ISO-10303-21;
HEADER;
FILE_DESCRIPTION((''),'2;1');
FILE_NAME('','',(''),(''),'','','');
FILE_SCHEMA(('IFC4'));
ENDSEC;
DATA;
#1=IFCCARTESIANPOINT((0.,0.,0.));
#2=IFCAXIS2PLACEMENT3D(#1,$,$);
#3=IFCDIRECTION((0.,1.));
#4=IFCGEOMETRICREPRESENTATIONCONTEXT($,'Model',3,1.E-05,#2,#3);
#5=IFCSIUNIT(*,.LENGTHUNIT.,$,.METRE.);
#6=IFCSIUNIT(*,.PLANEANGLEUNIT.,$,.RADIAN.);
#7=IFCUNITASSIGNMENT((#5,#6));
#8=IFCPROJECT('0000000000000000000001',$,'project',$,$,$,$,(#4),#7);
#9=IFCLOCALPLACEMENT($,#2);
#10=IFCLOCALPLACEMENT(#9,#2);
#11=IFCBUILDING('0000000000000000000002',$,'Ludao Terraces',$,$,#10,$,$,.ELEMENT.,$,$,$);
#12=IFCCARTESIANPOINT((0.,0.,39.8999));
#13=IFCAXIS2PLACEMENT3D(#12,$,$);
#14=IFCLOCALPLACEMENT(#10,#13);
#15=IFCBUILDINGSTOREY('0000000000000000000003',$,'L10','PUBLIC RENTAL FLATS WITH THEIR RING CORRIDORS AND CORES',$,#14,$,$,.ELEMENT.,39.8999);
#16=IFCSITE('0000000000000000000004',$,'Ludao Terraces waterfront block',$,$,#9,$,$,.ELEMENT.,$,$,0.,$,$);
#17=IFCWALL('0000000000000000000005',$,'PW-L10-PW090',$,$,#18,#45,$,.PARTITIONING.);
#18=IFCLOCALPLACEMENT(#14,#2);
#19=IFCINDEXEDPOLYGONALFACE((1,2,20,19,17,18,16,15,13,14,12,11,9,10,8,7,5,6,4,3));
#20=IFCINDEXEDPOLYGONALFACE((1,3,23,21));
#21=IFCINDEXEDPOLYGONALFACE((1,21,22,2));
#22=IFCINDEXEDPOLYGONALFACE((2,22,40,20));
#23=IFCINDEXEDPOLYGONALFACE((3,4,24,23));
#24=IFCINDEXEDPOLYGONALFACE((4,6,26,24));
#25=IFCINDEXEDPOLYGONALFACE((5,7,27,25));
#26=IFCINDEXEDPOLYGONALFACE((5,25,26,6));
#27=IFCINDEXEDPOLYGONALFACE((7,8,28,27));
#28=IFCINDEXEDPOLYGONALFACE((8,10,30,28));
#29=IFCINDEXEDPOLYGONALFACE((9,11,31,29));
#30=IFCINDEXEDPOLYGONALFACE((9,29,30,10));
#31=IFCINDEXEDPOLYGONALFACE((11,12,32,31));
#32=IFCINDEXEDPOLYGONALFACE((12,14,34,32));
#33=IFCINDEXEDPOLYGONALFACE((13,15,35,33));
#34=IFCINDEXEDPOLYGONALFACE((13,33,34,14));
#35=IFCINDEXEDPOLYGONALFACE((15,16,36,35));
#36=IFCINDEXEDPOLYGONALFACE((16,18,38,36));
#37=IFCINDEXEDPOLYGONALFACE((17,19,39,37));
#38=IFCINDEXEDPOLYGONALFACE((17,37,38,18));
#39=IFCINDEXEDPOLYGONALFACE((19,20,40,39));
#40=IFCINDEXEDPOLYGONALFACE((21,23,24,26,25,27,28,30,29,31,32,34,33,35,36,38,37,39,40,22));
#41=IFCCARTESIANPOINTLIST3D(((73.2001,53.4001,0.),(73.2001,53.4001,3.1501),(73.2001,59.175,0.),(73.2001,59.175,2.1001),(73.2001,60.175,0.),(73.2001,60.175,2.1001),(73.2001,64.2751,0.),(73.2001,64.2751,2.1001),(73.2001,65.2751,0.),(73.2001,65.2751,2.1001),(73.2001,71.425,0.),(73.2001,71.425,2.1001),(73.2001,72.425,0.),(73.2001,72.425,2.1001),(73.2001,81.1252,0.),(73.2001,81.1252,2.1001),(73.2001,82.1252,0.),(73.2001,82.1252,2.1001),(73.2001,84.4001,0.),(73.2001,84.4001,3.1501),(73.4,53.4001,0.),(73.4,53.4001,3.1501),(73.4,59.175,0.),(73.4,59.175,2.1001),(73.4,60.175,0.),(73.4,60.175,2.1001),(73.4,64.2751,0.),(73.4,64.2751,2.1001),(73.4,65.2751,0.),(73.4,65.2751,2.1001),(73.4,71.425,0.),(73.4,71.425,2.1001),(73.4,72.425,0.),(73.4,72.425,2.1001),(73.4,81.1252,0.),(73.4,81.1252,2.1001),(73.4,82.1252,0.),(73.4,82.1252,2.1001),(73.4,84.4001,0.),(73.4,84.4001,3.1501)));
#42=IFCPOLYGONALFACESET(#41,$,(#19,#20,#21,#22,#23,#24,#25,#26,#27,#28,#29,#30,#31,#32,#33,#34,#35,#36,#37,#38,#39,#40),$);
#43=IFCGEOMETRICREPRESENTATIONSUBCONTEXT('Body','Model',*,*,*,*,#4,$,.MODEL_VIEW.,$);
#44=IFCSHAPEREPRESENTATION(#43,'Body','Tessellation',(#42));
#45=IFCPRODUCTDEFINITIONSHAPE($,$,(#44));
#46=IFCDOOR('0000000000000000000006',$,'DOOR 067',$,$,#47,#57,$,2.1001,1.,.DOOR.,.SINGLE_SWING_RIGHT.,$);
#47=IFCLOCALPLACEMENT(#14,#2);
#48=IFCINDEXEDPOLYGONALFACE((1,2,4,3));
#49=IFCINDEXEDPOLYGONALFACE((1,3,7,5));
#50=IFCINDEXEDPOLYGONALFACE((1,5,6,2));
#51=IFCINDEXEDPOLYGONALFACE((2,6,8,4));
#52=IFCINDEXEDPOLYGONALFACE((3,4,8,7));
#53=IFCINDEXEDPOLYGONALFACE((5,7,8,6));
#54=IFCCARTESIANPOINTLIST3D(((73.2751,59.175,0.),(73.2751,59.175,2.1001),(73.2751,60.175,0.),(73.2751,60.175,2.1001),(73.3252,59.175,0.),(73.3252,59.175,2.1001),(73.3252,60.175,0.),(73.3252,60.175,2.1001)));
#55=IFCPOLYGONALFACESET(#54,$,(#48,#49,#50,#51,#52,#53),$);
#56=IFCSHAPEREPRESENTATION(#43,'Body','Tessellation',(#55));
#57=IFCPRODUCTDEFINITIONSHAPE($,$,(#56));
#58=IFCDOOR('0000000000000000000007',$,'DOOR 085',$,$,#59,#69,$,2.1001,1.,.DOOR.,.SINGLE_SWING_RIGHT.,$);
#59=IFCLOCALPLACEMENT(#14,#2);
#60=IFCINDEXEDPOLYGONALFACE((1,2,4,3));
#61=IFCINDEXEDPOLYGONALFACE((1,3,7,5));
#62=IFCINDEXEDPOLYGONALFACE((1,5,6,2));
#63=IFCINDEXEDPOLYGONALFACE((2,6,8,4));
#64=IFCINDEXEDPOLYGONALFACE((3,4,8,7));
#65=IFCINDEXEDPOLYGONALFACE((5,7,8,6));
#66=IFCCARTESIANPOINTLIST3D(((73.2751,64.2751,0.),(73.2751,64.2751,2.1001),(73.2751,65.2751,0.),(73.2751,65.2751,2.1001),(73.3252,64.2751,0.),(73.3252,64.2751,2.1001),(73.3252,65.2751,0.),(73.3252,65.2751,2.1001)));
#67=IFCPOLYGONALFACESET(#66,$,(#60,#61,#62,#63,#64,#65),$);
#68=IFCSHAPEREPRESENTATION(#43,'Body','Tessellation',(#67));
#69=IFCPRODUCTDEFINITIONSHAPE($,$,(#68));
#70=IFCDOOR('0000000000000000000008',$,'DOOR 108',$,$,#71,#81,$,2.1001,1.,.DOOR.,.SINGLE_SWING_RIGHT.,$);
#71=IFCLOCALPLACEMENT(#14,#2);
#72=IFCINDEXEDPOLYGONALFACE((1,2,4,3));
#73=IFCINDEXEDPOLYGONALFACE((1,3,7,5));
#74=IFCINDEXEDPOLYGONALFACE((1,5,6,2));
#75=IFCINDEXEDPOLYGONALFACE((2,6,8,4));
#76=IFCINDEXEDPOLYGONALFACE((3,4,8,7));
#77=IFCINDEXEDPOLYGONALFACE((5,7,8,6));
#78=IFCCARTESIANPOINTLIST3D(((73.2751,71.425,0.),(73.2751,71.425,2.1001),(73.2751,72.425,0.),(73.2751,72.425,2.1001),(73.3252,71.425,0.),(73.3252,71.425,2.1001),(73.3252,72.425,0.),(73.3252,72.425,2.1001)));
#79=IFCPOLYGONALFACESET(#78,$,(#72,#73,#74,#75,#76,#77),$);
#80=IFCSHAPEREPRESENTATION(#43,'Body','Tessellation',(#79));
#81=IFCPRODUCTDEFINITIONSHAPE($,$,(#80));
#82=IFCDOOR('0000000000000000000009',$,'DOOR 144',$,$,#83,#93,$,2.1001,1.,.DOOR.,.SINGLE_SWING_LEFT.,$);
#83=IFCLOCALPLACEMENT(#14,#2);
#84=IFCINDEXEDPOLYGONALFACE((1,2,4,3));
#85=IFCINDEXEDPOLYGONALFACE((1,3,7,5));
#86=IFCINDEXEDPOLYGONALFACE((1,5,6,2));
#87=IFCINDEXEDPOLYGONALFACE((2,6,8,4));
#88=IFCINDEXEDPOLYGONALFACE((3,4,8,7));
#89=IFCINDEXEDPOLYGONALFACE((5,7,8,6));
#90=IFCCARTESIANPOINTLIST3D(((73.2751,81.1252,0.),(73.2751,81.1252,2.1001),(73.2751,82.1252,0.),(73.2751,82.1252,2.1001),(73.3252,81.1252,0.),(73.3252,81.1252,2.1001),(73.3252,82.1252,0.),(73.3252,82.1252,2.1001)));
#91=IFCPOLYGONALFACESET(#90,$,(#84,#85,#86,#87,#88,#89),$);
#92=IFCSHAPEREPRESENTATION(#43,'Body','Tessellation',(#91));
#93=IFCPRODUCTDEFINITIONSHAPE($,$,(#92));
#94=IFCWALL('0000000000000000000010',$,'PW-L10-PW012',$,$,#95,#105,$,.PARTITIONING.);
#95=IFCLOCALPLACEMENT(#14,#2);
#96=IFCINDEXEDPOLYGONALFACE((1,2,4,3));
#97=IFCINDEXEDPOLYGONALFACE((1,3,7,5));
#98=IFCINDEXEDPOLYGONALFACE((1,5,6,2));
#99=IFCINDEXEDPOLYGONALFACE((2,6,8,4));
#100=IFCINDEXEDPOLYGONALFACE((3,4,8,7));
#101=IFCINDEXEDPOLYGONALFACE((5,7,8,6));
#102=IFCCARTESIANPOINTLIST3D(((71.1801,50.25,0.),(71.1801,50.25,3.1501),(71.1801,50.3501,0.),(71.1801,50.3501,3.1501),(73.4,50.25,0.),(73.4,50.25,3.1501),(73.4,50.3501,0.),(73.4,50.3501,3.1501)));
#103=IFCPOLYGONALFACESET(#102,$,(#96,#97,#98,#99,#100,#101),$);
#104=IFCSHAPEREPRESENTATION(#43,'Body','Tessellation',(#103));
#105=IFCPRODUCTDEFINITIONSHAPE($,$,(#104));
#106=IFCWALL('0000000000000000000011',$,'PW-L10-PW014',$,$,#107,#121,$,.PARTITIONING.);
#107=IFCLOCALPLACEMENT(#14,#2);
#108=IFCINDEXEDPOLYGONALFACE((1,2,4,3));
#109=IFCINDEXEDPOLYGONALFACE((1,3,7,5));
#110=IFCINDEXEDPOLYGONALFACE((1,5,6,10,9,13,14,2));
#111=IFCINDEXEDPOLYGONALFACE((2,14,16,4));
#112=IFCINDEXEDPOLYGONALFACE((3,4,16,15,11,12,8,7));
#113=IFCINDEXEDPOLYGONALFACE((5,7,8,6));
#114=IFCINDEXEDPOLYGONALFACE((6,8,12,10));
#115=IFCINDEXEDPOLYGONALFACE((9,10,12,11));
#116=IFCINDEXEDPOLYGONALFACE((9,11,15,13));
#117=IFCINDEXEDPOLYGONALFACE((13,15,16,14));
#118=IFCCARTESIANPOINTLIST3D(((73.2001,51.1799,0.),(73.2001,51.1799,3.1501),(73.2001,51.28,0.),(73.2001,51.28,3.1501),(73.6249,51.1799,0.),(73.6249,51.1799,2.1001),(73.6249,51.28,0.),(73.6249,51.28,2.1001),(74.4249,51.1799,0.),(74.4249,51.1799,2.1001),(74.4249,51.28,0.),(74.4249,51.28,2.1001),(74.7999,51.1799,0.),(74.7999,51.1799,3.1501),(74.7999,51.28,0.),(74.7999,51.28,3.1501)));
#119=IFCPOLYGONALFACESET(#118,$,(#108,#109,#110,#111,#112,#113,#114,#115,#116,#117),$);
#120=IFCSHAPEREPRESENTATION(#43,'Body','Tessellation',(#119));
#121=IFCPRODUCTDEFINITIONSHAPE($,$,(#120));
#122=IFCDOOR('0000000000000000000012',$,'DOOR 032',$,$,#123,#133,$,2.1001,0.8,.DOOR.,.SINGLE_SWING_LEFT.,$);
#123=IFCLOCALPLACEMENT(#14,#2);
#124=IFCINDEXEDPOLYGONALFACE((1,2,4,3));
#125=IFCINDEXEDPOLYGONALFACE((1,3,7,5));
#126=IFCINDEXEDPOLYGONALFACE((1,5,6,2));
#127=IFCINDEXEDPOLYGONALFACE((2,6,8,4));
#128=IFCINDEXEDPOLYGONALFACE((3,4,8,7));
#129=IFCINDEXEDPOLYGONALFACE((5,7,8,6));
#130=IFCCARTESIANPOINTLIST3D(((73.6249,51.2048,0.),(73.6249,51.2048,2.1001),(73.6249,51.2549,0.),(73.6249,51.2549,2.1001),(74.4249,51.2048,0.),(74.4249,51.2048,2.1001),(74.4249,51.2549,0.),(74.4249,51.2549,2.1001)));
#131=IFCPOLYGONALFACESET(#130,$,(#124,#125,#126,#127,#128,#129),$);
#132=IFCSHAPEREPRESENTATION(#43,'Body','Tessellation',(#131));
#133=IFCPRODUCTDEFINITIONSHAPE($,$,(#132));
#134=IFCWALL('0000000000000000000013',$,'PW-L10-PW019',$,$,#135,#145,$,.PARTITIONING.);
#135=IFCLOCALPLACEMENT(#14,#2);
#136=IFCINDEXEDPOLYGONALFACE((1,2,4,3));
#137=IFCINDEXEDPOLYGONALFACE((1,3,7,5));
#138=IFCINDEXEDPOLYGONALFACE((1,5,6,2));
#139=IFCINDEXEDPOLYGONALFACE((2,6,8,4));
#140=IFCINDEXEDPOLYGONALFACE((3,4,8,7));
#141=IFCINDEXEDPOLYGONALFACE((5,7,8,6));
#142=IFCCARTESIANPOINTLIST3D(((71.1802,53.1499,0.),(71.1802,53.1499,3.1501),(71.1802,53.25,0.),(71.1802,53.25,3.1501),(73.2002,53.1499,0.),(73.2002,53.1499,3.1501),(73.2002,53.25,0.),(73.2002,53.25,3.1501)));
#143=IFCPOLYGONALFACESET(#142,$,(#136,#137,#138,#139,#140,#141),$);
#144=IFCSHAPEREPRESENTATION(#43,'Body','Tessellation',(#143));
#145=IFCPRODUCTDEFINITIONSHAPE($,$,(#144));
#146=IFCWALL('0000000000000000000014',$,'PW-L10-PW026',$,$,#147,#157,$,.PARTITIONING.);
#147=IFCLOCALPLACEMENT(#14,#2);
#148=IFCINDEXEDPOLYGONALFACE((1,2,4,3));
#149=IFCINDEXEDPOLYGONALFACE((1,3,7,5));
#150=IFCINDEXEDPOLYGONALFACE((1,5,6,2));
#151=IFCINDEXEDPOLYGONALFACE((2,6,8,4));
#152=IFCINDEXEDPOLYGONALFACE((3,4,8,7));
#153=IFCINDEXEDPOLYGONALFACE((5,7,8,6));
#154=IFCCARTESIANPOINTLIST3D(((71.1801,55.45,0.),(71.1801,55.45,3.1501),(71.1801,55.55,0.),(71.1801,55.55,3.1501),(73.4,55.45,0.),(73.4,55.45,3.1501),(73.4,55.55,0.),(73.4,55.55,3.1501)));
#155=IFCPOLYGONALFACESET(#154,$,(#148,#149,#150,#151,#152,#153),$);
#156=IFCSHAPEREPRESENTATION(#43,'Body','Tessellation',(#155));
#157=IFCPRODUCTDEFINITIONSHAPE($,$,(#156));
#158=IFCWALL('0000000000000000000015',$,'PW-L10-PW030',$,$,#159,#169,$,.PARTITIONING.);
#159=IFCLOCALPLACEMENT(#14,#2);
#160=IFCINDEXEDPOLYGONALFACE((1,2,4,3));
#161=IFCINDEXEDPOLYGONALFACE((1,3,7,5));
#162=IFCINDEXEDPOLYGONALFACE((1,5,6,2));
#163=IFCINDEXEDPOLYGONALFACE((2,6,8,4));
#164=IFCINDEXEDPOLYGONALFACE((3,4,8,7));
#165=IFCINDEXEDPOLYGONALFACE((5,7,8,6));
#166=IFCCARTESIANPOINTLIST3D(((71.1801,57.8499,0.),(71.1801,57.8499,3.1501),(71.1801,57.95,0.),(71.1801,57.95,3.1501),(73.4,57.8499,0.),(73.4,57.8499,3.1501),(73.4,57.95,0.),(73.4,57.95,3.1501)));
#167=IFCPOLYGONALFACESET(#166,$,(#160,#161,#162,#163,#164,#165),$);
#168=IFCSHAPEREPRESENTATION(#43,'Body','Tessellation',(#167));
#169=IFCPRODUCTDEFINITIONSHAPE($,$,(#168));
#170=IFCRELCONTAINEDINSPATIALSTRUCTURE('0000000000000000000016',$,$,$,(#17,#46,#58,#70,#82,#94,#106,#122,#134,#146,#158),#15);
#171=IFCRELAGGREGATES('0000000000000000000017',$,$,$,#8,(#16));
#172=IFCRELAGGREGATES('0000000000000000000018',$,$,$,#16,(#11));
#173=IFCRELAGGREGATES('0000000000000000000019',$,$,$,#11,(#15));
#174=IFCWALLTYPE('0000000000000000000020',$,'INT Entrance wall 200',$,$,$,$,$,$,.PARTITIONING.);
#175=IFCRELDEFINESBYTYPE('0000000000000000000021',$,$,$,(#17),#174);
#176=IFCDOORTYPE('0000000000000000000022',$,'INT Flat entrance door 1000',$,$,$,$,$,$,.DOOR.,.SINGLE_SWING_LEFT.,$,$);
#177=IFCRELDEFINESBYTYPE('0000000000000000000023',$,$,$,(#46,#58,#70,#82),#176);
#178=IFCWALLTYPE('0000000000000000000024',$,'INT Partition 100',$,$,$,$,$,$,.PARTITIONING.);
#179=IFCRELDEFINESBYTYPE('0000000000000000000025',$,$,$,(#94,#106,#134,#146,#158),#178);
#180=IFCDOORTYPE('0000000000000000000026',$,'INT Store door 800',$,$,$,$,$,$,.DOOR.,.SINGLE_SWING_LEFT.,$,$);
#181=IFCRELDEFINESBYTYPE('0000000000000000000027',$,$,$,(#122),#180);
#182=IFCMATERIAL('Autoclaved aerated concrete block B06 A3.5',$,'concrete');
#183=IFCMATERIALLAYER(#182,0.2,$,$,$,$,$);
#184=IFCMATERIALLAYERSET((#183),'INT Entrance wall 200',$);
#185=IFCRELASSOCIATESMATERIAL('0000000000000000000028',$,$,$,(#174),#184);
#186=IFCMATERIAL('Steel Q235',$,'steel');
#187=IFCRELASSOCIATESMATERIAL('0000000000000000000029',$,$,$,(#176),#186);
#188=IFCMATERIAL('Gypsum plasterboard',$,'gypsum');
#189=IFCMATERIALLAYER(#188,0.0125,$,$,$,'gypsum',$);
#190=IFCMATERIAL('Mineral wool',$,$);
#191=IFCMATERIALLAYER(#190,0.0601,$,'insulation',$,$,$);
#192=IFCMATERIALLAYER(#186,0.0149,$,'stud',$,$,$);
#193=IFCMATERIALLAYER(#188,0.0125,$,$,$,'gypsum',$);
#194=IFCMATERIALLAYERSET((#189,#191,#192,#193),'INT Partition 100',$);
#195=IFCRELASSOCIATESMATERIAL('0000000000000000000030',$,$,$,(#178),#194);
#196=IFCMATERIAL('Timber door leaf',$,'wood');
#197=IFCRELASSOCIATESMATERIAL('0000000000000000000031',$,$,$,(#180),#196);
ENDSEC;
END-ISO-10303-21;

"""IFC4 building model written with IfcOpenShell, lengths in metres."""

from ifc_helpers import new_model, si_unit, direction, frame, frame_2d, origin, place, context, subcontext, project, spatial, rectangle, extrude, material, layer, layer_set, type_object, element, fill, save


model = new_model("IFC4")

# Units and contexts
model_context = context("Model", 3, precision=1e-05, world=origin(), true_north=direction((0.0, 1.0)))
body_context = subcontext(model_context, "Body", "Model", "MODEL_VIEW")
ifc_project = project(units=[si_unit("LENGTHUNIT", "METRE"), si_unit("PLANEANGLEUNIT", "RADIAN")], contexts=[model_context])

# Site, building, storey
site_placement = place(None, origin())
site = spatial("IfcSite", under=ifc_project, at=site_placement, Name="Ludao Terraces waterfront block", CompositionType="ELEMENT", RefElevation=0.0)
building_placement = place(site_placement, origin())
building = spatial("IfcBuilding", under=site, at=building_placement, Name="Ludao Terraces", CompositionType="ELEMENT")
storey_placement = place(building_placement, frame((0.0, 0.0, 39.8999)))
storey = spatial("IfcBuildingStorey", under=building, at=storey_placement, Name="L10", Description="PUBLIC RENTAL FLATS WITH THEIR RING CORRIDORS AND CORES", CompositionType="ELEMENT", Elevation=39.8999)

# Wall, openings, doors
ifc_material_1 = material(Name="Autoclaved aerated concrete block B06 A3.5", Category="concrete")
ifc_layer_1 = layer(ifc_material_1, 0.2)
ifc_layer_set_1 = layer_set([ifc_layer_1], Name="INT Entrance wall 200")
wall_type_1 = type_object("IfcWallType", Name="INT Entrance wall 200", PredefinedType="PARTITIONING", material=ifc_layer_set_1)
ifc_material_2 = material(Name="Steel Q235", Category="steel")
door_type_1 = type_object("IfcDoorType", Name="INT Flat entrance door 1000", OperationType="SINGLE_SWING_LEFT", PredefinedType="DOOR", material=ifc_material_2)
wall_1_placement = place(storey_placement, frame((73.3, 53.4001, 0.0), z_axis=(0.0, 0.0, 1.0), x_axis=(0.0, 1.0, 0.0)))
wall_1 = element("IfcWall", 1, at=wall_1_placement, inside=storey, type_object=wall_type_1, Name="PW-L10-PW090", PredefinedType="PARTITIONING", context=body_context, shape_type="SweptSolid", body=[
    extrude(rectangle(XDim=31.0, YDim=0.2, at=frame_2d((15.5, 0.0))), origin(), (0.0, 0.0, 1.0), 3.1501),
])
opening_1_placement = place(wall_1_placement, frame((5.7749, 0.0, 0.0)))
opening_1 = element("IfcOpeningElement", 2, at=opening_1_placement, cuts=wall_1, PredefinedType="OPENING", context=body_context, shape_type="SweptSolid", body=[
    extrude(rectangle(XDim=1.0, YDim=2.1001, at=frame_2d((0.5, 1.05))), frame((0.0, 0.1099, 0.0), z_axis=(0.0, -1.0, 0.0), x_axis=(1.0, 0.0, 0.0)), (0.0, 0.0, 1.0), 0.22),
])
opening_2_placement = place(wall_1_placement, frame((10.875, 0.0, 0.0)))
opening_2 = element("IfcOpeningElement", 3, at=opening_2_placement, cuts=wall_1, PredefinedType="OPENING", context=body_context, shape_type="SweptSolid", body=[
    extrude(rectangle(XDim=1.0, YDim=2.1001, at=frame_2d((0.5, 1.05))), frame((0.0, 0.1099, 0.0), z_axis=(0.0, -1.0, 0.0), x_axis=(1.0, 0.0, 0.0)), (0.0, 0.0, 1.0), 0.22),
])
opening_3_placement = place(wall_1_placement, frame((18.0249, 0.0, 0.0)))
opening_3 = element("IfcOpeningElement", 4, at=opening_3_placement, cuts=wall_1, PredefinedType="OPENING", context=body_context, shape_type="SweptSolid", body=[
    extrude(rectangle(XDim=1.0, YDim=2.1001, at=frame_2d((0.5, 1.05))), frame((0.0, 0.1099, 0.0), z_axis=(0.0, -1.0, 0.0), x_axis=(1.0, 0.0, 0.0)), (0.0, 0.0, 1.0), 0.22),
])
opening_4_placement = place(wall_1_placement, frame((27.7251, 0.0, 0.0)))
opening_4 = element("IfcOpeningElement", 5, at=opening_4_placement, cuts=wall_1, PredefinedType="OPENING", context=body_context, shape_type="SweptSolid", body=[
    extrude(rectangle(XDim=1.0, YDim=2.1001, at=frame_2d((0.5, 1.05))), frame((0.0, 0.1099, 0.0), z_axis=(0.0, -1.0, 0.0), x_axis=(1.0, 0.0, 0.0)), (0.0, 0.0, 1.0), 0.22),
])
door_1_placement = place(opening_1_placement, origin())
door_1 = element("IfcDoor", 6, at=door_1_placement, inside=storey, type_object=door_type_1, Name="DOOR 067", OperationType="SINGLE_SWING_RIGHT", OverallHeight=2.1001, OverallWidth=1.0, PredefinedType="DOOR", context=body_context, shape_type="SweptSolid", body=[
    extrude(rectangle(XDim=1.0, YDim=2.1001, at=frame_2d((0.5, 1.05))), frame((0.0, 0.0249, 0.0), z_axis=(0.0, -1.0, 0.0), x_axis=(1.0, 0.0, 0.0)), (0.0, 0.0, 1.0), 0.05),
])
fill(opening_1, door_1)
door_2_placement = place(opening_2_placement, origin())
door_2 = element("IfcDoor", 7, at=door_2_placement, inside=storey, type_object=door_type_1, Name="DOOR 085", OperationType="SINGLE_SWING_RIGHT", OverallHeight=2.1001, OverallWidth=1.0, PredefinedType="DOOR", context=body_context, shape_type="SweptSolid", body=[
    extrude(rectangle(XDim=1.0, YDim=2.1001, at=frame_2d((0.5, 1.05))), frame((0.0, 0.0249, 0.0), z_axis=(0.0, -1.0, 0.0), x_axis=(1.0, 0.0, 0.0)), (0.0, 0.0, 1.0), 0.05),
])
fill(opening_2, door_2)
door_3_placement = place(opening_3_placement, origin())
door_3 = element("IfcDoor", 8, at=door_3_placement, inside=storey, type_object=door_type_1, Name="DOOR 108", OperationType="SINGLE_SWING_RIGHT", OverallHeight=2.1001, OverallWidth=1.0, PredefinedType="DOOR", context=body_context, shape_type="SweptSolid", body=[
    extrude(rectangle(XDim=1.0, YDim=2.1001, at=frame_2d((0.5, 1.05))), frame((0.0, 0.0249, 0.0), z_axis=(0.0, -1.0, 0.0), x_axis=(1.0, 0.0, 0.0)), (0.0, 0.0, 1.0), 0.05),
])
fill(opening_3, door_3)
door_4_placement = place(opening_4_placement, origin())
door_4 = element("IfcDoor", 9, at=door_4_placement, inside=storey, type_object=door_type_1, Name="DOOR 144", OperationType="SINGLE_SWING_LEFT", OverallHeight=2.1001, OverallWidth=1.0, PredefinedType="DOOR", context=body_context, shape_type="SweptSolid", body=[
    extrude(rectangle(XDim=1.0, YDim=2.1001, at=frame_2d((0.5, 1.05))), frame((0.0, 0.0249, 0.0), z_axis=(0.0, -1.0, 0.0), x_axis=(1.0, 0.0, 0.0)), (0.0, 0.0, 1.0), 0.05),
])
fill(opening_4, door_4)

# Wall
ifc_material_3 = material(Name="Gypsum plasterboard", Category="gypsum")
ifc_layer_2 = layer(ifc_material_3, 0.0125, Category="gypsum")
ifc_material_4 = material(Name="Mineral wool")
ifc_layer_3 = layer(ifc_material_4, 0.0601, Name="insulation")
ifc_layer_4 = layer(ifc_material_2, 0.0149, Name="stud")
ifc_layer_5 = layer(ifc_material_3, 0.0125, Category="gypsum")
ifc_layer_set_2 = layer_set([ifc_layer_2, ifc_layer_3, ifc_layer_4, ifc_layer_5], Name="INT Partition 100")
wall_type_2 = type_object("IfcWallType", Name="INT Partition 100", PredefinedType="PARTITIONING", material=ifc_layer_set_2)
wall_2_placement = place(storey_placement, frame((71.1802, 50.3, 0.0), z_axis=(0.0, 0.0, 1.0), x_axis=(1.0, 0.0, 0.0)))
element("IfcWall", 10, at=wall_2_placement, inside=storey, type_object=wall_type_2, Name="PW-L10-PW012", PredefinedType="PARTITIONING", context=body_context, shape_type="SweptSolid", body=[
    extrude(rectangle(XDim=2.22, YDim=0.1001, at=frame_2d((1.1099, 0.0))), origin(), (0.0, 0.0, 1.0), 3.1501),
])

# Wall, opening, door
wall_3_placement = place(storey_placement, frame((73.2002, 51.23, 0.0), z_axis=(0.0, 0.0, 1.0), x_axis=(1.0, 0.0, 0.0)))
wall_3 = element("IfcWall", 11, at=wall_3_placement, inside=storey, type_object=wall_type_2, Name="PW-L10-PW014", PredefinedType="PARTITIONING", context=body_context, shape_type="SweptSolid", body=[
    extrude(rectangle(XDim=1.5999, YDim=0.1001, at=frame_2d((0.7998, 0.0))), origin(), (0.0, 0.0, 1.0), 3.1501),
])
opening_5_placement = place(wall_3_placement, frame((0.4248, 0.0, 0.0)))
opening_5 = element("IfcOpeningElement", 12, at=opening_5_placement, cuts=wall_3, PredefinedType="OPENING", context=body_context, shape_type="SweptSolid", body=[
    extrude(rectangle(XDim=0.8, YDim=2.1001, at=frame_2d((0.3999, 1.05))), frame((0.0, 0.0601, 0.0), z_axis=(0.0, -1.0, 0.0), x_axis=(1.0, 0.0, 0.0)), (0.0, 0.0, 1.0), 0.1201),
])
ifc_material_5 = material(Name="Timber door leaf", Category="wood")
door_type_2 = type_object("IfcDoorType", Name="INT Store door 800", OperationType="SINGLE_SWING_LEFT", PredefinedType="DOOR", material=ifc_material_5)
door_5_placement = place(opening_5_placement, origin())
door_5 = element("IfcDoor", 13, at=door_5_placement, inside=storey, type_object=door_type_2, Name="DOOR 032", OperationType="SINGLE_SWING_LEFT", OverallHeight=2.1001, OverallWidth=0.8, PredefinedType="DOOR", context=body_context, shape_type="SweptSolid", body=[
    extrude(rectangle(XDim=0.8, YDim=2.1001, at=frame_2d((0.3999, 1.05))), frame((0.0, 0.0249, 0.0), z_axis=(0.0, -1.0, 0.0), x_axis=(1.0, 0.0, 0.0)), (0.0, 0.0, 1.0), 0.05),
])
fill(opening_5, door_5)

# Walls
wall_4_placement = place(storey_placement, frame((71.1802, 53.2, 0.0), z_axis=(0.0, 0.0, 1.0), x_axis=(1.0, 0.0, 0.0)))
element("IfcWall", 14, at=wall_4_placement, inside=storey, type_object=wall_type_2, Name="PW-L10-PW019", PredefinedType="PARTITIONING", context=body_context, shape_type="SweptSolid", body=[
    extrude(rectangle(XDim=2.02, YDim=0.1001, at=frame_2d((1.01, 0.0))), origin(), (0.0, 0.0, 1.0), 3.1501),
])
for number, where, z_axis, x_axis, name in (
    (15, (71.1802, 55.5, 0.0), (0.0, 0.0, 1.0), (1.0, 0.0, 0.0), "PW-L10-PW026"),
    (16, (71.1802, 57.8999, 0.0), (0.0, 0.0, 1.0), (1.0, 0.0, 0.0), "PW-L10-PW030"),
):
    element("IfcWall", number, at=place(storey_placement, frame(where, z_axis=z_axis, x_axis=x_axis)), inside=storey, type_object=wall_type_2, Name=name, PredefinedType="PARTITIONING", context=body_context, shape_type="SweptSolid", body=[
        extrude(rectangle(XDim=2.22, YDim=0.1001, at=frame_2d((1.1099, 0.0))), origin(), (0.0, 0.0, 1.0), 3.1501),
    ])

save(model, "model.ifc")
